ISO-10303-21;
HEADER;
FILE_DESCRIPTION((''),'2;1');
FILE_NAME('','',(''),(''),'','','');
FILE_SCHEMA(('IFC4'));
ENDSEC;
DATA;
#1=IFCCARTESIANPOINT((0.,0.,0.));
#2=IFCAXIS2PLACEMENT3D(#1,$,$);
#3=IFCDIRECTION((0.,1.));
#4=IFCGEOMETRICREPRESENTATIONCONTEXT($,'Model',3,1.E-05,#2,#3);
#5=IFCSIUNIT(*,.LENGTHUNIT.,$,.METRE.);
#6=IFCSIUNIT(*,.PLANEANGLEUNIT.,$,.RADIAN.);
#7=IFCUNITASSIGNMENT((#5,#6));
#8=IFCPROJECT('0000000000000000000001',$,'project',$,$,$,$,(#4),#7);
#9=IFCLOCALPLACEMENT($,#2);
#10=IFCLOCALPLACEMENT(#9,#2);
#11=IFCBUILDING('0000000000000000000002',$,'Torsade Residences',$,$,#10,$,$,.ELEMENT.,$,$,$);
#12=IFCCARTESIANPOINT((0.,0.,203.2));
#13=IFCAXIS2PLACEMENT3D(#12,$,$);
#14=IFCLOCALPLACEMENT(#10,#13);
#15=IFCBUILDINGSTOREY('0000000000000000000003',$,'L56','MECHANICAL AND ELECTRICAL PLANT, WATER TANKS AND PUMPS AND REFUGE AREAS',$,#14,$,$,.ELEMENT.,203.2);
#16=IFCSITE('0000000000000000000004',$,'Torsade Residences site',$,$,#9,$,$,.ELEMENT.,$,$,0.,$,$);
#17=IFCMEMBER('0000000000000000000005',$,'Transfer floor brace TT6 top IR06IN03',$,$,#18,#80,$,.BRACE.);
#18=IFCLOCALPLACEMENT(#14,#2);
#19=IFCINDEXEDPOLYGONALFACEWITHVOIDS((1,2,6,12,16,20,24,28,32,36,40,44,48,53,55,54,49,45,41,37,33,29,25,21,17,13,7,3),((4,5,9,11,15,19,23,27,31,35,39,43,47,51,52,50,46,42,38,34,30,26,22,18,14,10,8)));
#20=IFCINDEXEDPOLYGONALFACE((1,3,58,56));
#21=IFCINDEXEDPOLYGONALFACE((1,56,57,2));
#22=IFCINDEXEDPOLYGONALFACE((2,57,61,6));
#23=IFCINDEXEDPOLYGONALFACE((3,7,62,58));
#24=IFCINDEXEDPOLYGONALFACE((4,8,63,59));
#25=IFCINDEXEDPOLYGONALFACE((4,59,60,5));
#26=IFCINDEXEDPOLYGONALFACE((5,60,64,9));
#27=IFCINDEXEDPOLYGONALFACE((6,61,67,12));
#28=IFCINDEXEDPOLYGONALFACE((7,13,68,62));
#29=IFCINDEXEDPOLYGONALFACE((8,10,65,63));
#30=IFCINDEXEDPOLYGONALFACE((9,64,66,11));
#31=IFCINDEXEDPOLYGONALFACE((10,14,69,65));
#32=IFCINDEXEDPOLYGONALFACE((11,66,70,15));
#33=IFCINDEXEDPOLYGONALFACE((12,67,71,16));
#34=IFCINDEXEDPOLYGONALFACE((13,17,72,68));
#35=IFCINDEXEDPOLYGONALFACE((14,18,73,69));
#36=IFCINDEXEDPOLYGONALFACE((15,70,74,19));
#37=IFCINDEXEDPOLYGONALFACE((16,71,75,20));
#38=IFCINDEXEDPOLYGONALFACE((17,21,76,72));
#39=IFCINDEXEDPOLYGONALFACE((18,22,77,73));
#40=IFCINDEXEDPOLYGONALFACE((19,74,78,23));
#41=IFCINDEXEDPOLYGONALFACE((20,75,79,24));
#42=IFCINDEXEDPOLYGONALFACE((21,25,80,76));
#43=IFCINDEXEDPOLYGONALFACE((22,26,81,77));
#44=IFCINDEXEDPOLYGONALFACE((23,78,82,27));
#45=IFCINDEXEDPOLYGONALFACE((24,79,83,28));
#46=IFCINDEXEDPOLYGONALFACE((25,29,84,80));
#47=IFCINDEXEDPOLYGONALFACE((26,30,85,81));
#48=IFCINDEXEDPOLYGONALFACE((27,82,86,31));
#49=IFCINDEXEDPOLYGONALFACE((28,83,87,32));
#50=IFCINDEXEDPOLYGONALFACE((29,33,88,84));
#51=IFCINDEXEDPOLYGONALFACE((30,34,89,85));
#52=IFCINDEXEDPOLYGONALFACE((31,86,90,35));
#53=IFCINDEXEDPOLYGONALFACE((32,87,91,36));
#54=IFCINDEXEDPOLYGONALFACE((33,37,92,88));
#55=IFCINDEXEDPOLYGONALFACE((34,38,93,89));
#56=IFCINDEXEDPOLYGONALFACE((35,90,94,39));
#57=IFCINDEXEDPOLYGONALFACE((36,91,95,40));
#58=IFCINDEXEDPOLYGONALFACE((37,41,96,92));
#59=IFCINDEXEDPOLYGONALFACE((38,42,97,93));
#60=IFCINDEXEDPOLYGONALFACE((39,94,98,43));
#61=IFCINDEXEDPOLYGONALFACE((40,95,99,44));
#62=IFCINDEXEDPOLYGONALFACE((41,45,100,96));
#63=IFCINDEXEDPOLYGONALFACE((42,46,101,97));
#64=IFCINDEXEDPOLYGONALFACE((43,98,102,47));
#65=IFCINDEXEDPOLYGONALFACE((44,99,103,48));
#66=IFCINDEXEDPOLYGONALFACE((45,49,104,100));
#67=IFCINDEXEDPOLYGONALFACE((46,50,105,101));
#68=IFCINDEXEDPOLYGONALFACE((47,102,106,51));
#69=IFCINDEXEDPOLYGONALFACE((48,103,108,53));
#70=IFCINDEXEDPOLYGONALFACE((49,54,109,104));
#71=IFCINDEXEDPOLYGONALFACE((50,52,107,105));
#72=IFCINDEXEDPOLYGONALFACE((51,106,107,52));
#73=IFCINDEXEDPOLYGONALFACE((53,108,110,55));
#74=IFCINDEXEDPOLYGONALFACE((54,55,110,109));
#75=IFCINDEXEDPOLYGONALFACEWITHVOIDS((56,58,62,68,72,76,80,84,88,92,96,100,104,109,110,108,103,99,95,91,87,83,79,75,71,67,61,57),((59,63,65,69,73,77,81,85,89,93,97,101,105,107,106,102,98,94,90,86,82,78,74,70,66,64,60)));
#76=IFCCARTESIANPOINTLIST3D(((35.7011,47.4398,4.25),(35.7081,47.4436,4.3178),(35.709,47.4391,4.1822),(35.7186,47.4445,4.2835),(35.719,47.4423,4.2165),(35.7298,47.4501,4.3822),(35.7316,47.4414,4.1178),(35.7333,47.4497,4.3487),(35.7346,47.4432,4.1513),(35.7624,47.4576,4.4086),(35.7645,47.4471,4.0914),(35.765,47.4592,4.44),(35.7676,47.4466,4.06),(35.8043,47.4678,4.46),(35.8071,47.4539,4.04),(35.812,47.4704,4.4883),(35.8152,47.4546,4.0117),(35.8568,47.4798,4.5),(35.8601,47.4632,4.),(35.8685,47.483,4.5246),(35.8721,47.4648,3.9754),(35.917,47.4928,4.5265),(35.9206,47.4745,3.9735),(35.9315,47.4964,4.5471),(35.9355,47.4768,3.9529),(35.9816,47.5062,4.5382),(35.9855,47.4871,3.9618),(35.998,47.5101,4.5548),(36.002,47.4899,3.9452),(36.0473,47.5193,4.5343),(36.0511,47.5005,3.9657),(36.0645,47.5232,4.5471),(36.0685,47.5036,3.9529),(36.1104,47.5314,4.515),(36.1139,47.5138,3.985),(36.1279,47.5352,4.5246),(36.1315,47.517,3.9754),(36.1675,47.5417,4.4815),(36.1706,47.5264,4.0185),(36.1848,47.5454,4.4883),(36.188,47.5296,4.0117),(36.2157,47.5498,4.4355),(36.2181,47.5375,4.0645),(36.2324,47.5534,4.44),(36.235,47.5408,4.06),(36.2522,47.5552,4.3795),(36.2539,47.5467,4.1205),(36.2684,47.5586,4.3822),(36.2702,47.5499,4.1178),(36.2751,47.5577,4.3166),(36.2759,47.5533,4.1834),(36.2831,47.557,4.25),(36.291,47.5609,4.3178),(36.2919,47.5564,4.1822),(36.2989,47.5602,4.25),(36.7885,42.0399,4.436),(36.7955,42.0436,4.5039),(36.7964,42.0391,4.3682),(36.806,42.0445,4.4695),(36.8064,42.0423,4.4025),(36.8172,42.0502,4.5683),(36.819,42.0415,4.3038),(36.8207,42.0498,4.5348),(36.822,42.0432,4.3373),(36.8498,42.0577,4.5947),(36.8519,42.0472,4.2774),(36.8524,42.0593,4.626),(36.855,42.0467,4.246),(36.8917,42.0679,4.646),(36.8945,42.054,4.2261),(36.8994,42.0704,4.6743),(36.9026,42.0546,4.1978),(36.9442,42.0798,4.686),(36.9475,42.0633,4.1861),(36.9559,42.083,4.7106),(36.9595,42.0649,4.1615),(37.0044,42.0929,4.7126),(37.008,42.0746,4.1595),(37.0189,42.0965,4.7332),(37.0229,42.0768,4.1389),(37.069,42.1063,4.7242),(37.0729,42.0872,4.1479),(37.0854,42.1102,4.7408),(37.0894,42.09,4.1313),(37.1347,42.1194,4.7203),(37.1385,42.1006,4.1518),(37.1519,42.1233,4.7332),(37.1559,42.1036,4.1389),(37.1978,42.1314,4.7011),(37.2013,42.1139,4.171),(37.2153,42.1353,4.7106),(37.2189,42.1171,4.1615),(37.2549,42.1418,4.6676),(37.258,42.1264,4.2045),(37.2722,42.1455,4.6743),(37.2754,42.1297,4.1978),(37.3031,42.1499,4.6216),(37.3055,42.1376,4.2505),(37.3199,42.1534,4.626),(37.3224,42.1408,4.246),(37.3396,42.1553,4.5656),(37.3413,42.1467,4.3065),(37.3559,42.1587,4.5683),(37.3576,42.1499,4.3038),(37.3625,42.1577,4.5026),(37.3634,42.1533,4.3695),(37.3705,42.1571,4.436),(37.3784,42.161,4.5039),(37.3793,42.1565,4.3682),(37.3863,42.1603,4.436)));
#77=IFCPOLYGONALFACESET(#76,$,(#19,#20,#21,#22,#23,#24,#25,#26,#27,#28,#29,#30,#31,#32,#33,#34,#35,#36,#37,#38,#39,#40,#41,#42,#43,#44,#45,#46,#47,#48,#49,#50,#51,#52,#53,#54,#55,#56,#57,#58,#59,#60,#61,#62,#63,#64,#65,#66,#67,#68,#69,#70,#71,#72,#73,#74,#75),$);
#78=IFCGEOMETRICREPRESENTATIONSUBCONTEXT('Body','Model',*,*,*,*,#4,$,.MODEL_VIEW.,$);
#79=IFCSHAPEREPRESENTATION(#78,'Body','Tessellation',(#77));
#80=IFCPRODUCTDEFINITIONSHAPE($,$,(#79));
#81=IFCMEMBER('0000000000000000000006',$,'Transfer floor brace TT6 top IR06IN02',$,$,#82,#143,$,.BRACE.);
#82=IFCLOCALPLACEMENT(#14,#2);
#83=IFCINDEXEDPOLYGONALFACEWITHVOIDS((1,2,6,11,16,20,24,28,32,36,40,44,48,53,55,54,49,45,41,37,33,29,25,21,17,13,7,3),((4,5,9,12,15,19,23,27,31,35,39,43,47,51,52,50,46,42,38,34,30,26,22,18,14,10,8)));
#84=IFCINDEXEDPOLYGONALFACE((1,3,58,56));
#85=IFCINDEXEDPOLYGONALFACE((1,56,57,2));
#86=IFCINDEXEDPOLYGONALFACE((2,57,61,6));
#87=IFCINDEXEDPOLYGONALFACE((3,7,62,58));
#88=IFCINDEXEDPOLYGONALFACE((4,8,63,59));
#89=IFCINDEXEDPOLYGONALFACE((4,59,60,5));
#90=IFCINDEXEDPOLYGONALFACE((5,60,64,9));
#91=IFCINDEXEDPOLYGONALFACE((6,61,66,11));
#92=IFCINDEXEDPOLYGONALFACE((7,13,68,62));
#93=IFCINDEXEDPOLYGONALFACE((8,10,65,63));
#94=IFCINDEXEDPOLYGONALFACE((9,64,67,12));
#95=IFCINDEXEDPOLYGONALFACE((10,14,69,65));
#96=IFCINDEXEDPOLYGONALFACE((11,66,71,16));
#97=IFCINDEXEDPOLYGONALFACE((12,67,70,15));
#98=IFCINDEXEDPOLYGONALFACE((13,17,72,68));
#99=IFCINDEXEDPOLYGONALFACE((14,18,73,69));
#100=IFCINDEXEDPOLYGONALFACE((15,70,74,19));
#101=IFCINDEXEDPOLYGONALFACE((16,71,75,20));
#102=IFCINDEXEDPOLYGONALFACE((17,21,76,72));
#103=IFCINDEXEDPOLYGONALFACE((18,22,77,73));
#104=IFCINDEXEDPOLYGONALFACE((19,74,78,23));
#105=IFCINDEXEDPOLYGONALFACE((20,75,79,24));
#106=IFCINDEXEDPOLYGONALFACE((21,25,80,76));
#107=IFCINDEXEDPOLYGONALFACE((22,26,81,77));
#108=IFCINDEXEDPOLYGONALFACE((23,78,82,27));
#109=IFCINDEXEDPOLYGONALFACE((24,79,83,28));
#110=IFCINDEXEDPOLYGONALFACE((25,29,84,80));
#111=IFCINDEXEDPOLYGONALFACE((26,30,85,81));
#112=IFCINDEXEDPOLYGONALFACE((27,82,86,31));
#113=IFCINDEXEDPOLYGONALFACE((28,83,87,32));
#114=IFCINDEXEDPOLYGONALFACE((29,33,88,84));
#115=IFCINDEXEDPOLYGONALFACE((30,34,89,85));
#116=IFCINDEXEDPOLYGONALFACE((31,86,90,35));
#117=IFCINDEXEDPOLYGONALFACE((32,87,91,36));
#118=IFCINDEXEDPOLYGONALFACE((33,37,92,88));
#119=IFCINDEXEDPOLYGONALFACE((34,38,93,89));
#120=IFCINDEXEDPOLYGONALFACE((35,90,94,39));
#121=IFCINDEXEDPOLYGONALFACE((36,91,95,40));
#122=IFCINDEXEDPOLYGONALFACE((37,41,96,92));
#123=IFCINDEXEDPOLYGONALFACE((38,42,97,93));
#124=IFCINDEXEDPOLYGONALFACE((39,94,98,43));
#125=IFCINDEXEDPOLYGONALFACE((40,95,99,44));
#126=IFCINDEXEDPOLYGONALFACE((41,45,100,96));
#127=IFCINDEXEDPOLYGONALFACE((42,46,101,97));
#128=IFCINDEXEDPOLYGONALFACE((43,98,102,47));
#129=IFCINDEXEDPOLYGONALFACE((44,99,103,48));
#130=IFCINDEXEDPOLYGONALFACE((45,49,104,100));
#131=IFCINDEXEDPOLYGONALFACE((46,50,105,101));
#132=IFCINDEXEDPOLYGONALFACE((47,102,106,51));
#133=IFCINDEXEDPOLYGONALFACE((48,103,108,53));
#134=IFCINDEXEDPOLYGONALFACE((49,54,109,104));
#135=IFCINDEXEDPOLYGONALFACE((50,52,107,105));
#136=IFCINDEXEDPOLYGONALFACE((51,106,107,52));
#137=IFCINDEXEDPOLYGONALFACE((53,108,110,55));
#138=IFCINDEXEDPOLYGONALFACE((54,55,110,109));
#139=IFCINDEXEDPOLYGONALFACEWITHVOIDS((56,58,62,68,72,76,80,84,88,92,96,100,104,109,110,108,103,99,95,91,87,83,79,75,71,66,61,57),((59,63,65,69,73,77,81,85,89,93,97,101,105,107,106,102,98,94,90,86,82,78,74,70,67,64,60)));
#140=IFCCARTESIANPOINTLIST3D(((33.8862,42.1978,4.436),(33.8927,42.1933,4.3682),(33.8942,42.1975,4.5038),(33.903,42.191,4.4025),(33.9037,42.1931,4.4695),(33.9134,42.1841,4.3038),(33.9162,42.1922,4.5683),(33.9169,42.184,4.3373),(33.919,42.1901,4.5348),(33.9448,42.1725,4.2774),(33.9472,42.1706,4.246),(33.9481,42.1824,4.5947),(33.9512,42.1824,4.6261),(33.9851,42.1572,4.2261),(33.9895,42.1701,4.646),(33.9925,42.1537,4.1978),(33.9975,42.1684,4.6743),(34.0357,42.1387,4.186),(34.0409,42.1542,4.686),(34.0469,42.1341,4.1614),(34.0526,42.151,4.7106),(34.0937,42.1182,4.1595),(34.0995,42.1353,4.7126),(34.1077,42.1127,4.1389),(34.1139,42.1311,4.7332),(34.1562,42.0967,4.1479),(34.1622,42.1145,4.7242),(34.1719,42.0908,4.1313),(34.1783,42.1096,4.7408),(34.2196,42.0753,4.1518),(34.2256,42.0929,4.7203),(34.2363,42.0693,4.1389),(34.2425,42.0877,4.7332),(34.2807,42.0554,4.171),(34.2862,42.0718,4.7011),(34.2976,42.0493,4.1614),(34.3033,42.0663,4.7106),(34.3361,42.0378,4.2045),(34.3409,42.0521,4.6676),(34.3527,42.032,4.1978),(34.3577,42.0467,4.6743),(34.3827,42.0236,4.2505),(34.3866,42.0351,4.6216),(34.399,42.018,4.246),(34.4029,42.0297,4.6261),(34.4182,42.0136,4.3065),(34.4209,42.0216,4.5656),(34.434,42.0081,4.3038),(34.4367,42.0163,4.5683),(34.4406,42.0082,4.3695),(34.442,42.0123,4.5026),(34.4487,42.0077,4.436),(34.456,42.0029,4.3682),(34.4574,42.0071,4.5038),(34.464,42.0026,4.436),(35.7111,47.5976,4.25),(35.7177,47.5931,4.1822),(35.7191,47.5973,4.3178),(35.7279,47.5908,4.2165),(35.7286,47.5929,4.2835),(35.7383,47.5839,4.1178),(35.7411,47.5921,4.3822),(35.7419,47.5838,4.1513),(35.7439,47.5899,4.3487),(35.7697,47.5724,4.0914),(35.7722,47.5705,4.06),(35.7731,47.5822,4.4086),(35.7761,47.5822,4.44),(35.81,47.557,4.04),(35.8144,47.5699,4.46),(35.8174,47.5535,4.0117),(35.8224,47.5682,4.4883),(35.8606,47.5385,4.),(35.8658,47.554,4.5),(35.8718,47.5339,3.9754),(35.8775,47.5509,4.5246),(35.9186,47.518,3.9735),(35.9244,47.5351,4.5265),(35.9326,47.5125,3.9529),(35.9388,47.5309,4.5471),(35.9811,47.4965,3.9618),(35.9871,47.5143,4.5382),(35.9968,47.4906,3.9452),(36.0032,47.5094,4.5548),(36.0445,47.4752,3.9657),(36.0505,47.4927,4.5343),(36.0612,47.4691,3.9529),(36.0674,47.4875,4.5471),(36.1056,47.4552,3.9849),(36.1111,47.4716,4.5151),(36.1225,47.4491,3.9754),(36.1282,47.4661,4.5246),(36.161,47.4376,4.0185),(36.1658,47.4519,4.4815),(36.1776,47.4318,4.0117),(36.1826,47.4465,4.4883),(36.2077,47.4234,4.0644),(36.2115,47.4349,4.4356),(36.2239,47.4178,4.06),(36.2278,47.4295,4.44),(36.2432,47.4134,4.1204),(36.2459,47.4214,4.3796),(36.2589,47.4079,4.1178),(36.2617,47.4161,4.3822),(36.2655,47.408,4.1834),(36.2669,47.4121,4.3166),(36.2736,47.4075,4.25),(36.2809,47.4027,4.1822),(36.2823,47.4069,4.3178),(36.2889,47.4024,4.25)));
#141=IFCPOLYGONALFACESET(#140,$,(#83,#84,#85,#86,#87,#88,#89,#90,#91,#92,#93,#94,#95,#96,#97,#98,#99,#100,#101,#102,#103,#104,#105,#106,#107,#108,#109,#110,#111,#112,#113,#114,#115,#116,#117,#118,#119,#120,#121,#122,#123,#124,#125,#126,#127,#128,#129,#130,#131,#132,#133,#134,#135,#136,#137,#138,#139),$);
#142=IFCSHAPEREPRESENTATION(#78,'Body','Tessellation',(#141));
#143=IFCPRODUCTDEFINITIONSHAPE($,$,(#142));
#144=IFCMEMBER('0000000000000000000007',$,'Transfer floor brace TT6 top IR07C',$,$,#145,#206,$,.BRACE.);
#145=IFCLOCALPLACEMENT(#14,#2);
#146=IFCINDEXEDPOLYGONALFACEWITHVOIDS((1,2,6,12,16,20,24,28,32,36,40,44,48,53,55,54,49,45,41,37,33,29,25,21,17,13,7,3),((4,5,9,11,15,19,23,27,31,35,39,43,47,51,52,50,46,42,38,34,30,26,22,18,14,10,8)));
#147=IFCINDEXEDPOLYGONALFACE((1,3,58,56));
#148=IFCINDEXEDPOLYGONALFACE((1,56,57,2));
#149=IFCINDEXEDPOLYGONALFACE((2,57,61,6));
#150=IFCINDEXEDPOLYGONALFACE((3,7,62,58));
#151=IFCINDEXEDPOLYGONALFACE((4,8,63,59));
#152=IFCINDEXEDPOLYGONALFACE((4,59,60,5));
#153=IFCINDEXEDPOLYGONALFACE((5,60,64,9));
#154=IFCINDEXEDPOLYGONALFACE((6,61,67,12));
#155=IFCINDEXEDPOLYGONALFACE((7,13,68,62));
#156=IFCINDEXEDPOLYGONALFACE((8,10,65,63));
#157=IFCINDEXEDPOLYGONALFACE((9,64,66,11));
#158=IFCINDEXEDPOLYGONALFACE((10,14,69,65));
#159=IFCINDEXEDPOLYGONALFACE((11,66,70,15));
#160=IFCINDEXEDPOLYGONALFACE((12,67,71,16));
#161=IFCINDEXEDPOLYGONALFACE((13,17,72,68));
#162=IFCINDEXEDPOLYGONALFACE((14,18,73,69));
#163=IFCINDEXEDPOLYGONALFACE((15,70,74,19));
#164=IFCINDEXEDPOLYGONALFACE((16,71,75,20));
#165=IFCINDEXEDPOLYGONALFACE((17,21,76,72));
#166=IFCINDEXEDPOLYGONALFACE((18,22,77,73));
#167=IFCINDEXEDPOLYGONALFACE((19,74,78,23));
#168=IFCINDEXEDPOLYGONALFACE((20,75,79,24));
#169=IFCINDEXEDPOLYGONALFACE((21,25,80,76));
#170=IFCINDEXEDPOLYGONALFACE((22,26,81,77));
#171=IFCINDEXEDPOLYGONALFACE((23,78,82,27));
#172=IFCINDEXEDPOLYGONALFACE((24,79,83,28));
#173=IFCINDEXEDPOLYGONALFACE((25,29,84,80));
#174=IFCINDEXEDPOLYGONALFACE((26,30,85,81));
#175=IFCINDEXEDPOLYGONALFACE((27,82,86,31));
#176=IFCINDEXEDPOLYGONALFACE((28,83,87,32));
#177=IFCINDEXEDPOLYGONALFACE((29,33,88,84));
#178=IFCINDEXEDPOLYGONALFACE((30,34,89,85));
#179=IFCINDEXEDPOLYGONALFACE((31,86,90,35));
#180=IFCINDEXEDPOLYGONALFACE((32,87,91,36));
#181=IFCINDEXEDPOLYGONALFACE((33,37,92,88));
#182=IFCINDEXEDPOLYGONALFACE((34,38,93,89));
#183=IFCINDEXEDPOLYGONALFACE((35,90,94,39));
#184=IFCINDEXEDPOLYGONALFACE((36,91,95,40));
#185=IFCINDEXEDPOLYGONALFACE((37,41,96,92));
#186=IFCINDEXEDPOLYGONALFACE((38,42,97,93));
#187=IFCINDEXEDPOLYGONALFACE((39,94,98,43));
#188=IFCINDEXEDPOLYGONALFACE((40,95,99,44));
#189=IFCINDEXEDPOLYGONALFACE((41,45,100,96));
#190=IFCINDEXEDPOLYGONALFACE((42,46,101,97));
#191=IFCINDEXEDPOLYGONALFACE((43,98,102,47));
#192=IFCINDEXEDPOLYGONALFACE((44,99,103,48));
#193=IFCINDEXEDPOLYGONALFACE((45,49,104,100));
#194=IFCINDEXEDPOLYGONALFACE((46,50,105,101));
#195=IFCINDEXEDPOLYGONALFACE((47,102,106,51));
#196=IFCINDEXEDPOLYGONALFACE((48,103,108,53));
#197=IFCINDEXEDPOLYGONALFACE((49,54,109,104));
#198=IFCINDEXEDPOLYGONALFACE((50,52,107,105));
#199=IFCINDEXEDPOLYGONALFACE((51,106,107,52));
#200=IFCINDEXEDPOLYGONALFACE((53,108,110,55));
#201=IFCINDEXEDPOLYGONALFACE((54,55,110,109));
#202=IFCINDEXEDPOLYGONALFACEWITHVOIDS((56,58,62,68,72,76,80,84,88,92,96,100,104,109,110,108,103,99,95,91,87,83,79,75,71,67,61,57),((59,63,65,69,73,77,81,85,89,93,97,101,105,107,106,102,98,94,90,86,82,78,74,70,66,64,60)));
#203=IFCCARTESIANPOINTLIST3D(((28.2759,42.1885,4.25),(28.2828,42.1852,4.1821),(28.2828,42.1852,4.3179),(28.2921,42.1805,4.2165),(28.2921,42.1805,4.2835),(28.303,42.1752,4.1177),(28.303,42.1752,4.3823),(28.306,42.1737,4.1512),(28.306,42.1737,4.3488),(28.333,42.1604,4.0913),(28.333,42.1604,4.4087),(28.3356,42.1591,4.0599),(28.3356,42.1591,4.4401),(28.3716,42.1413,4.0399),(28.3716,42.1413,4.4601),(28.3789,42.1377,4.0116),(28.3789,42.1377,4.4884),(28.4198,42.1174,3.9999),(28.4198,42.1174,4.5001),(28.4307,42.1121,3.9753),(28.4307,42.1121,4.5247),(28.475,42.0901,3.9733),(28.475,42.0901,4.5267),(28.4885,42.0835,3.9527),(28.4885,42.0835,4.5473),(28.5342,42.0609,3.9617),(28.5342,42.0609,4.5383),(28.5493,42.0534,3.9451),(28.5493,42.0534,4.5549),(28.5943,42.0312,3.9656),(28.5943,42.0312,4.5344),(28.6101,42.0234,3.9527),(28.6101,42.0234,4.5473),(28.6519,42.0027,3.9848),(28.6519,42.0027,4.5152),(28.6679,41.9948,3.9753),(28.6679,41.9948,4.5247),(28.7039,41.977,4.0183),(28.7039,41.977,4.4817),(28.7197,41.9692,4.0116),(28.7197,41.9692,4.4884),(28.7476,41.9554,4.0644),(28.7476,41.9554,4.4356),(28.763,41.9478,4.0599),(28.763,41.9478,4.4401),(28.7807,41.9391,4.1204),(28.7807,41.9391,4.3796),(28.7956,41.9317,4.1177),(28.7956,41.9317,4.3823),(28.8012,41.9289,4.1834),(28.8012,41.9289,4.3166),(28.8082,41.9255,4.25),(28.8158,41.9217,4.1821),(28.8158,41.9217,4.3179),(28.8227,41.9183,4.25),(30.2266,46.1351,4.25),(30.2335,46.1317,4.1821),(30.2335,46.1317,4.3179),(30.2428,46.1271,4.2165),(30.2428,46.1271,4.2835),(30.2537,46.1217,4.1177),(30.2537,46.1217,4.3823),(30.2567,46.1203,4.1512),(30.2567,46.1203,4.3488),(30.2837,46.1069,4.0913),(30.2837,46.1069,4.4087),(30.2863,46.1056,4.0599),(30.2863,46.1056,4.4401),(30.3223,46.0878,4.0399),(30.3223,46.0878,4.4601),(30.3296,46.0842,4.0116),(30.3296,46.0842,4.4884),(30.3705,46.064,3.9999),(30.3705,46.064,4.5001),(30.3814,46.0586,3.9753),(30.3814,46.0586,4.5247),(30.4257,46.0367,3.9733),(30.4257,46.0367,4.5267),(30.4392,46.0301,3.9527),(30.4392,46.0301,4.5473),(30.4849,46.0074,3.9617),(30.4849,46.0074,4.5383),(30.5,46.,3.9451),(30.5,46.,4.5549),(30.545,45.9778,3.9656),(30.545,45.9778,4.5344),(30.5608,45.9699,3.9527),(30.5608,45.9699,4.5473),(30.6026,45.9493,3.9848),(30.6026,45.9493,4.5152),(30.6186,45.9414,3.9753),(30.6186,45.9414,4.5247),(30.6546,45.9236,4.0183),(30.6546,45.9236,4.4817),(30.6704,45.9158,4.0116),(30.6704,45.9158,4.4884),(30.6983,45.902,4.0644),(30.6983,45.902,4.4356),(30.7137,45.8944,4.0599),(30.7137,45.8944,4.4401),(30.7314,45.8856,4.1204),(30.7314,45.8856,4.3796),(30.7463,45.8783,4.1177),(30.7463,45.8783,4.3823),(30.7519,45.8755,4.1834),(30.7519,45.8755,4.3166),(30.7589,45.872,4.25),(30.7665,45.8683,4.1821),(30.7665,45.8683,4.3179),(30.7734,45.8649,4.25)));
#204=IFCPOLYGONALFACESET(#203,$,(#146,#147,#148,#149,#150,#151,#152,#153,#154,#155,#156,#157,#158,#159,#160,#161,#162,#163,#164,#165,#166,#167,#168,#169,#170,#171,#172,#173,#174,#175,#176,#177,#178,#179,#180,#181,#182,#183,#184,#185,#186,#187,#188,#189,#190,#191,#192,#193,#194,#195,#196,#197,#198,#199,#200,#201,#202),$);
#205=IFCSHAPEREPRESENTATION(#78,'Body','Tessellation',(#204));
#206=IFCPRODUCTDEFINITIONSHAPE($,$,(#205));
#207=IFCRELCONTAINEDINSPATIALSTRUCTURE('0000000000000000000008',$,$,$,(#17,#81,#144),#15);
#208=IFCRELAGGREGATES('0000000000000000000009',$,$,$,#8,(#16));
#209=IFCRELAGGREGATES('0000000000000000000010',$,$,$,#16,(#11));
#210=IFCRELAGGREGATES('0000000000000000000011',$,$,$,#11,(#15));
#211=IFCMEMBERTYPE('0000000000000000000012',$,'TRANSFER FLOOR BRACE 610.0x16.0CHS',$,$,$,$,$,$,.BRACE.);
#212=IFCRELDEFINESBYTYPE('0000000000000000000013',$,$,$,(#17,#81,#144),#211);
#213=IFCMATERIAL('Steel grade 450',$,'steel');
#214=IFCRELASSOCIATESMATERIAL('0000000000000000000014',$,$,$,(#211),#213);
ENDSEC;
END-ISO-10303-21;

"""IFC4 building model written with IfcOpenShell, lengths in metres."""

from ifc_helpers import new_model, si_unit, direction, frame, origin, origin_2d, place, context, subcontext, project, spatial, hollow_circle, extrude, material, material_profile, profile_set, type_object, element, save


model = new_model("IFC4")

# Units and contexts
model_context = context("Model", 3, precision=1e-05, world=origin(), true_north=direction((0.0, 1.0)))
body_context = subcontext(model_context, "Body", "Model", "MODEL_VIEW")
ifc_project = project(units=[si_unit("LENGTHUNIT", "METRE"), si_unit("PLANEANGLEUNIT", "RADIAN")], contexts=[model_context])

# Site, building, storey
site_placement = place(None, origin())
site = spatial("IfcSite", under=ifc_project, at=site_placement, Name="Torsade Residences site", CompositionType="ELEMENT", RefElevation=0.0)
building_placement = place(site_placement, origin())
building = spatial("IfcBuilding", under=site, at=building_placement, Name="Torsade Residences", CompositionType="ELEMENT")
storey_placement = place(building_placement, frame((0.0, 0.0, 203.2)))
storey = spatial("IfcBuildingStorey", under=building, at=storey_placement, Name="L56", Description="MECHANICAL AND ELECTRICAL PLANT, WATER TANKS AND PUMPS AND REFUGE AREAS", CompositionType="ELEMENT", Elevation=203.2)

# Members
ifc_material_1 = material(Name="Steel grade 450", Category="steel")
ifc_material_profile_1 = material_profile(ifc_material_1, hollow_circle(Radius=0.3049, WallThickness=0.0161, at=origin_2d()), Name="610.0x16.0CHS")
ifc_profile_set_1 = profile_set([ifc_material_profile_1], Name="Steel grade 450")
member_type_1 = type_object("IfcMemberType", Name="TRANSFER FLOOR BRACE 610.0x16.0CHS", PredefinedType="BRACE", material=ifc_profile_set_1)
member_1_placement = place(storey_placement, frame((36.0, 47.5, 4.25), z_axis=(0.197299, -0.979762, 0.033754), x_axis=(0.980321, 0.197412, 0.0)))
element("IfcMember", 1, at=member_1_placement, inside=storey, type_object=member_type_1, Name="Transfer floor brace TT6 top IR06IN03", PredefinedType="BRACE", context=body_context, shape_type="SweptSolid", body=[
    extrude(hollow_circle(Radius=0.3049, WallThickness=0.0161, at=origin_2d()), origin(), (0.0, 0.0, 1.0), 5.5115),
])
member_2_placement = place(storey_placement, frame((36.0, 47.5, 4.25), z_axis=(-0.319999, -0.946856, 0.032621), x_axis=(0.94736, -0.32017, 0.0)))
element("IfcMember", 2, at=member_2_placement, inside=storey, type_object=member_type_1, Name="Transfer floor brace TT6 top IR06IN02", PredefinedType="BRACE", context=body_context, shape_type="SweptSolid", body=[
    extrude(hollow_circle(Radius=0.3049, WallThickness=0.0161, at=origin_2d()), origin(), (0.0, 0.0, 1.0), 5.7029),
])
member_3_placement = place(storey_placement, frame((30.5, 46.0, 4.25), z_axis=(-0.443105, -0.89647, 0.0), x_axis=(0.89647, -0.443105, 0.0)))
element("IfcMember", 3, at=member_3_placement, inside=storey, type_object=member_type_1, Name="Transfer floor brace TT6 top IR07C", PredefinedType="BRACE", context=body_context, shape_type="SweptSolid", body=[
    extrude(hollow_circle(Radius=0.3049, WallThickness=0.0161, at=origin_2d()), origin(), (0.0, 0.0, 1.0), 4.4023),
])

save(model, "model.ifc")
